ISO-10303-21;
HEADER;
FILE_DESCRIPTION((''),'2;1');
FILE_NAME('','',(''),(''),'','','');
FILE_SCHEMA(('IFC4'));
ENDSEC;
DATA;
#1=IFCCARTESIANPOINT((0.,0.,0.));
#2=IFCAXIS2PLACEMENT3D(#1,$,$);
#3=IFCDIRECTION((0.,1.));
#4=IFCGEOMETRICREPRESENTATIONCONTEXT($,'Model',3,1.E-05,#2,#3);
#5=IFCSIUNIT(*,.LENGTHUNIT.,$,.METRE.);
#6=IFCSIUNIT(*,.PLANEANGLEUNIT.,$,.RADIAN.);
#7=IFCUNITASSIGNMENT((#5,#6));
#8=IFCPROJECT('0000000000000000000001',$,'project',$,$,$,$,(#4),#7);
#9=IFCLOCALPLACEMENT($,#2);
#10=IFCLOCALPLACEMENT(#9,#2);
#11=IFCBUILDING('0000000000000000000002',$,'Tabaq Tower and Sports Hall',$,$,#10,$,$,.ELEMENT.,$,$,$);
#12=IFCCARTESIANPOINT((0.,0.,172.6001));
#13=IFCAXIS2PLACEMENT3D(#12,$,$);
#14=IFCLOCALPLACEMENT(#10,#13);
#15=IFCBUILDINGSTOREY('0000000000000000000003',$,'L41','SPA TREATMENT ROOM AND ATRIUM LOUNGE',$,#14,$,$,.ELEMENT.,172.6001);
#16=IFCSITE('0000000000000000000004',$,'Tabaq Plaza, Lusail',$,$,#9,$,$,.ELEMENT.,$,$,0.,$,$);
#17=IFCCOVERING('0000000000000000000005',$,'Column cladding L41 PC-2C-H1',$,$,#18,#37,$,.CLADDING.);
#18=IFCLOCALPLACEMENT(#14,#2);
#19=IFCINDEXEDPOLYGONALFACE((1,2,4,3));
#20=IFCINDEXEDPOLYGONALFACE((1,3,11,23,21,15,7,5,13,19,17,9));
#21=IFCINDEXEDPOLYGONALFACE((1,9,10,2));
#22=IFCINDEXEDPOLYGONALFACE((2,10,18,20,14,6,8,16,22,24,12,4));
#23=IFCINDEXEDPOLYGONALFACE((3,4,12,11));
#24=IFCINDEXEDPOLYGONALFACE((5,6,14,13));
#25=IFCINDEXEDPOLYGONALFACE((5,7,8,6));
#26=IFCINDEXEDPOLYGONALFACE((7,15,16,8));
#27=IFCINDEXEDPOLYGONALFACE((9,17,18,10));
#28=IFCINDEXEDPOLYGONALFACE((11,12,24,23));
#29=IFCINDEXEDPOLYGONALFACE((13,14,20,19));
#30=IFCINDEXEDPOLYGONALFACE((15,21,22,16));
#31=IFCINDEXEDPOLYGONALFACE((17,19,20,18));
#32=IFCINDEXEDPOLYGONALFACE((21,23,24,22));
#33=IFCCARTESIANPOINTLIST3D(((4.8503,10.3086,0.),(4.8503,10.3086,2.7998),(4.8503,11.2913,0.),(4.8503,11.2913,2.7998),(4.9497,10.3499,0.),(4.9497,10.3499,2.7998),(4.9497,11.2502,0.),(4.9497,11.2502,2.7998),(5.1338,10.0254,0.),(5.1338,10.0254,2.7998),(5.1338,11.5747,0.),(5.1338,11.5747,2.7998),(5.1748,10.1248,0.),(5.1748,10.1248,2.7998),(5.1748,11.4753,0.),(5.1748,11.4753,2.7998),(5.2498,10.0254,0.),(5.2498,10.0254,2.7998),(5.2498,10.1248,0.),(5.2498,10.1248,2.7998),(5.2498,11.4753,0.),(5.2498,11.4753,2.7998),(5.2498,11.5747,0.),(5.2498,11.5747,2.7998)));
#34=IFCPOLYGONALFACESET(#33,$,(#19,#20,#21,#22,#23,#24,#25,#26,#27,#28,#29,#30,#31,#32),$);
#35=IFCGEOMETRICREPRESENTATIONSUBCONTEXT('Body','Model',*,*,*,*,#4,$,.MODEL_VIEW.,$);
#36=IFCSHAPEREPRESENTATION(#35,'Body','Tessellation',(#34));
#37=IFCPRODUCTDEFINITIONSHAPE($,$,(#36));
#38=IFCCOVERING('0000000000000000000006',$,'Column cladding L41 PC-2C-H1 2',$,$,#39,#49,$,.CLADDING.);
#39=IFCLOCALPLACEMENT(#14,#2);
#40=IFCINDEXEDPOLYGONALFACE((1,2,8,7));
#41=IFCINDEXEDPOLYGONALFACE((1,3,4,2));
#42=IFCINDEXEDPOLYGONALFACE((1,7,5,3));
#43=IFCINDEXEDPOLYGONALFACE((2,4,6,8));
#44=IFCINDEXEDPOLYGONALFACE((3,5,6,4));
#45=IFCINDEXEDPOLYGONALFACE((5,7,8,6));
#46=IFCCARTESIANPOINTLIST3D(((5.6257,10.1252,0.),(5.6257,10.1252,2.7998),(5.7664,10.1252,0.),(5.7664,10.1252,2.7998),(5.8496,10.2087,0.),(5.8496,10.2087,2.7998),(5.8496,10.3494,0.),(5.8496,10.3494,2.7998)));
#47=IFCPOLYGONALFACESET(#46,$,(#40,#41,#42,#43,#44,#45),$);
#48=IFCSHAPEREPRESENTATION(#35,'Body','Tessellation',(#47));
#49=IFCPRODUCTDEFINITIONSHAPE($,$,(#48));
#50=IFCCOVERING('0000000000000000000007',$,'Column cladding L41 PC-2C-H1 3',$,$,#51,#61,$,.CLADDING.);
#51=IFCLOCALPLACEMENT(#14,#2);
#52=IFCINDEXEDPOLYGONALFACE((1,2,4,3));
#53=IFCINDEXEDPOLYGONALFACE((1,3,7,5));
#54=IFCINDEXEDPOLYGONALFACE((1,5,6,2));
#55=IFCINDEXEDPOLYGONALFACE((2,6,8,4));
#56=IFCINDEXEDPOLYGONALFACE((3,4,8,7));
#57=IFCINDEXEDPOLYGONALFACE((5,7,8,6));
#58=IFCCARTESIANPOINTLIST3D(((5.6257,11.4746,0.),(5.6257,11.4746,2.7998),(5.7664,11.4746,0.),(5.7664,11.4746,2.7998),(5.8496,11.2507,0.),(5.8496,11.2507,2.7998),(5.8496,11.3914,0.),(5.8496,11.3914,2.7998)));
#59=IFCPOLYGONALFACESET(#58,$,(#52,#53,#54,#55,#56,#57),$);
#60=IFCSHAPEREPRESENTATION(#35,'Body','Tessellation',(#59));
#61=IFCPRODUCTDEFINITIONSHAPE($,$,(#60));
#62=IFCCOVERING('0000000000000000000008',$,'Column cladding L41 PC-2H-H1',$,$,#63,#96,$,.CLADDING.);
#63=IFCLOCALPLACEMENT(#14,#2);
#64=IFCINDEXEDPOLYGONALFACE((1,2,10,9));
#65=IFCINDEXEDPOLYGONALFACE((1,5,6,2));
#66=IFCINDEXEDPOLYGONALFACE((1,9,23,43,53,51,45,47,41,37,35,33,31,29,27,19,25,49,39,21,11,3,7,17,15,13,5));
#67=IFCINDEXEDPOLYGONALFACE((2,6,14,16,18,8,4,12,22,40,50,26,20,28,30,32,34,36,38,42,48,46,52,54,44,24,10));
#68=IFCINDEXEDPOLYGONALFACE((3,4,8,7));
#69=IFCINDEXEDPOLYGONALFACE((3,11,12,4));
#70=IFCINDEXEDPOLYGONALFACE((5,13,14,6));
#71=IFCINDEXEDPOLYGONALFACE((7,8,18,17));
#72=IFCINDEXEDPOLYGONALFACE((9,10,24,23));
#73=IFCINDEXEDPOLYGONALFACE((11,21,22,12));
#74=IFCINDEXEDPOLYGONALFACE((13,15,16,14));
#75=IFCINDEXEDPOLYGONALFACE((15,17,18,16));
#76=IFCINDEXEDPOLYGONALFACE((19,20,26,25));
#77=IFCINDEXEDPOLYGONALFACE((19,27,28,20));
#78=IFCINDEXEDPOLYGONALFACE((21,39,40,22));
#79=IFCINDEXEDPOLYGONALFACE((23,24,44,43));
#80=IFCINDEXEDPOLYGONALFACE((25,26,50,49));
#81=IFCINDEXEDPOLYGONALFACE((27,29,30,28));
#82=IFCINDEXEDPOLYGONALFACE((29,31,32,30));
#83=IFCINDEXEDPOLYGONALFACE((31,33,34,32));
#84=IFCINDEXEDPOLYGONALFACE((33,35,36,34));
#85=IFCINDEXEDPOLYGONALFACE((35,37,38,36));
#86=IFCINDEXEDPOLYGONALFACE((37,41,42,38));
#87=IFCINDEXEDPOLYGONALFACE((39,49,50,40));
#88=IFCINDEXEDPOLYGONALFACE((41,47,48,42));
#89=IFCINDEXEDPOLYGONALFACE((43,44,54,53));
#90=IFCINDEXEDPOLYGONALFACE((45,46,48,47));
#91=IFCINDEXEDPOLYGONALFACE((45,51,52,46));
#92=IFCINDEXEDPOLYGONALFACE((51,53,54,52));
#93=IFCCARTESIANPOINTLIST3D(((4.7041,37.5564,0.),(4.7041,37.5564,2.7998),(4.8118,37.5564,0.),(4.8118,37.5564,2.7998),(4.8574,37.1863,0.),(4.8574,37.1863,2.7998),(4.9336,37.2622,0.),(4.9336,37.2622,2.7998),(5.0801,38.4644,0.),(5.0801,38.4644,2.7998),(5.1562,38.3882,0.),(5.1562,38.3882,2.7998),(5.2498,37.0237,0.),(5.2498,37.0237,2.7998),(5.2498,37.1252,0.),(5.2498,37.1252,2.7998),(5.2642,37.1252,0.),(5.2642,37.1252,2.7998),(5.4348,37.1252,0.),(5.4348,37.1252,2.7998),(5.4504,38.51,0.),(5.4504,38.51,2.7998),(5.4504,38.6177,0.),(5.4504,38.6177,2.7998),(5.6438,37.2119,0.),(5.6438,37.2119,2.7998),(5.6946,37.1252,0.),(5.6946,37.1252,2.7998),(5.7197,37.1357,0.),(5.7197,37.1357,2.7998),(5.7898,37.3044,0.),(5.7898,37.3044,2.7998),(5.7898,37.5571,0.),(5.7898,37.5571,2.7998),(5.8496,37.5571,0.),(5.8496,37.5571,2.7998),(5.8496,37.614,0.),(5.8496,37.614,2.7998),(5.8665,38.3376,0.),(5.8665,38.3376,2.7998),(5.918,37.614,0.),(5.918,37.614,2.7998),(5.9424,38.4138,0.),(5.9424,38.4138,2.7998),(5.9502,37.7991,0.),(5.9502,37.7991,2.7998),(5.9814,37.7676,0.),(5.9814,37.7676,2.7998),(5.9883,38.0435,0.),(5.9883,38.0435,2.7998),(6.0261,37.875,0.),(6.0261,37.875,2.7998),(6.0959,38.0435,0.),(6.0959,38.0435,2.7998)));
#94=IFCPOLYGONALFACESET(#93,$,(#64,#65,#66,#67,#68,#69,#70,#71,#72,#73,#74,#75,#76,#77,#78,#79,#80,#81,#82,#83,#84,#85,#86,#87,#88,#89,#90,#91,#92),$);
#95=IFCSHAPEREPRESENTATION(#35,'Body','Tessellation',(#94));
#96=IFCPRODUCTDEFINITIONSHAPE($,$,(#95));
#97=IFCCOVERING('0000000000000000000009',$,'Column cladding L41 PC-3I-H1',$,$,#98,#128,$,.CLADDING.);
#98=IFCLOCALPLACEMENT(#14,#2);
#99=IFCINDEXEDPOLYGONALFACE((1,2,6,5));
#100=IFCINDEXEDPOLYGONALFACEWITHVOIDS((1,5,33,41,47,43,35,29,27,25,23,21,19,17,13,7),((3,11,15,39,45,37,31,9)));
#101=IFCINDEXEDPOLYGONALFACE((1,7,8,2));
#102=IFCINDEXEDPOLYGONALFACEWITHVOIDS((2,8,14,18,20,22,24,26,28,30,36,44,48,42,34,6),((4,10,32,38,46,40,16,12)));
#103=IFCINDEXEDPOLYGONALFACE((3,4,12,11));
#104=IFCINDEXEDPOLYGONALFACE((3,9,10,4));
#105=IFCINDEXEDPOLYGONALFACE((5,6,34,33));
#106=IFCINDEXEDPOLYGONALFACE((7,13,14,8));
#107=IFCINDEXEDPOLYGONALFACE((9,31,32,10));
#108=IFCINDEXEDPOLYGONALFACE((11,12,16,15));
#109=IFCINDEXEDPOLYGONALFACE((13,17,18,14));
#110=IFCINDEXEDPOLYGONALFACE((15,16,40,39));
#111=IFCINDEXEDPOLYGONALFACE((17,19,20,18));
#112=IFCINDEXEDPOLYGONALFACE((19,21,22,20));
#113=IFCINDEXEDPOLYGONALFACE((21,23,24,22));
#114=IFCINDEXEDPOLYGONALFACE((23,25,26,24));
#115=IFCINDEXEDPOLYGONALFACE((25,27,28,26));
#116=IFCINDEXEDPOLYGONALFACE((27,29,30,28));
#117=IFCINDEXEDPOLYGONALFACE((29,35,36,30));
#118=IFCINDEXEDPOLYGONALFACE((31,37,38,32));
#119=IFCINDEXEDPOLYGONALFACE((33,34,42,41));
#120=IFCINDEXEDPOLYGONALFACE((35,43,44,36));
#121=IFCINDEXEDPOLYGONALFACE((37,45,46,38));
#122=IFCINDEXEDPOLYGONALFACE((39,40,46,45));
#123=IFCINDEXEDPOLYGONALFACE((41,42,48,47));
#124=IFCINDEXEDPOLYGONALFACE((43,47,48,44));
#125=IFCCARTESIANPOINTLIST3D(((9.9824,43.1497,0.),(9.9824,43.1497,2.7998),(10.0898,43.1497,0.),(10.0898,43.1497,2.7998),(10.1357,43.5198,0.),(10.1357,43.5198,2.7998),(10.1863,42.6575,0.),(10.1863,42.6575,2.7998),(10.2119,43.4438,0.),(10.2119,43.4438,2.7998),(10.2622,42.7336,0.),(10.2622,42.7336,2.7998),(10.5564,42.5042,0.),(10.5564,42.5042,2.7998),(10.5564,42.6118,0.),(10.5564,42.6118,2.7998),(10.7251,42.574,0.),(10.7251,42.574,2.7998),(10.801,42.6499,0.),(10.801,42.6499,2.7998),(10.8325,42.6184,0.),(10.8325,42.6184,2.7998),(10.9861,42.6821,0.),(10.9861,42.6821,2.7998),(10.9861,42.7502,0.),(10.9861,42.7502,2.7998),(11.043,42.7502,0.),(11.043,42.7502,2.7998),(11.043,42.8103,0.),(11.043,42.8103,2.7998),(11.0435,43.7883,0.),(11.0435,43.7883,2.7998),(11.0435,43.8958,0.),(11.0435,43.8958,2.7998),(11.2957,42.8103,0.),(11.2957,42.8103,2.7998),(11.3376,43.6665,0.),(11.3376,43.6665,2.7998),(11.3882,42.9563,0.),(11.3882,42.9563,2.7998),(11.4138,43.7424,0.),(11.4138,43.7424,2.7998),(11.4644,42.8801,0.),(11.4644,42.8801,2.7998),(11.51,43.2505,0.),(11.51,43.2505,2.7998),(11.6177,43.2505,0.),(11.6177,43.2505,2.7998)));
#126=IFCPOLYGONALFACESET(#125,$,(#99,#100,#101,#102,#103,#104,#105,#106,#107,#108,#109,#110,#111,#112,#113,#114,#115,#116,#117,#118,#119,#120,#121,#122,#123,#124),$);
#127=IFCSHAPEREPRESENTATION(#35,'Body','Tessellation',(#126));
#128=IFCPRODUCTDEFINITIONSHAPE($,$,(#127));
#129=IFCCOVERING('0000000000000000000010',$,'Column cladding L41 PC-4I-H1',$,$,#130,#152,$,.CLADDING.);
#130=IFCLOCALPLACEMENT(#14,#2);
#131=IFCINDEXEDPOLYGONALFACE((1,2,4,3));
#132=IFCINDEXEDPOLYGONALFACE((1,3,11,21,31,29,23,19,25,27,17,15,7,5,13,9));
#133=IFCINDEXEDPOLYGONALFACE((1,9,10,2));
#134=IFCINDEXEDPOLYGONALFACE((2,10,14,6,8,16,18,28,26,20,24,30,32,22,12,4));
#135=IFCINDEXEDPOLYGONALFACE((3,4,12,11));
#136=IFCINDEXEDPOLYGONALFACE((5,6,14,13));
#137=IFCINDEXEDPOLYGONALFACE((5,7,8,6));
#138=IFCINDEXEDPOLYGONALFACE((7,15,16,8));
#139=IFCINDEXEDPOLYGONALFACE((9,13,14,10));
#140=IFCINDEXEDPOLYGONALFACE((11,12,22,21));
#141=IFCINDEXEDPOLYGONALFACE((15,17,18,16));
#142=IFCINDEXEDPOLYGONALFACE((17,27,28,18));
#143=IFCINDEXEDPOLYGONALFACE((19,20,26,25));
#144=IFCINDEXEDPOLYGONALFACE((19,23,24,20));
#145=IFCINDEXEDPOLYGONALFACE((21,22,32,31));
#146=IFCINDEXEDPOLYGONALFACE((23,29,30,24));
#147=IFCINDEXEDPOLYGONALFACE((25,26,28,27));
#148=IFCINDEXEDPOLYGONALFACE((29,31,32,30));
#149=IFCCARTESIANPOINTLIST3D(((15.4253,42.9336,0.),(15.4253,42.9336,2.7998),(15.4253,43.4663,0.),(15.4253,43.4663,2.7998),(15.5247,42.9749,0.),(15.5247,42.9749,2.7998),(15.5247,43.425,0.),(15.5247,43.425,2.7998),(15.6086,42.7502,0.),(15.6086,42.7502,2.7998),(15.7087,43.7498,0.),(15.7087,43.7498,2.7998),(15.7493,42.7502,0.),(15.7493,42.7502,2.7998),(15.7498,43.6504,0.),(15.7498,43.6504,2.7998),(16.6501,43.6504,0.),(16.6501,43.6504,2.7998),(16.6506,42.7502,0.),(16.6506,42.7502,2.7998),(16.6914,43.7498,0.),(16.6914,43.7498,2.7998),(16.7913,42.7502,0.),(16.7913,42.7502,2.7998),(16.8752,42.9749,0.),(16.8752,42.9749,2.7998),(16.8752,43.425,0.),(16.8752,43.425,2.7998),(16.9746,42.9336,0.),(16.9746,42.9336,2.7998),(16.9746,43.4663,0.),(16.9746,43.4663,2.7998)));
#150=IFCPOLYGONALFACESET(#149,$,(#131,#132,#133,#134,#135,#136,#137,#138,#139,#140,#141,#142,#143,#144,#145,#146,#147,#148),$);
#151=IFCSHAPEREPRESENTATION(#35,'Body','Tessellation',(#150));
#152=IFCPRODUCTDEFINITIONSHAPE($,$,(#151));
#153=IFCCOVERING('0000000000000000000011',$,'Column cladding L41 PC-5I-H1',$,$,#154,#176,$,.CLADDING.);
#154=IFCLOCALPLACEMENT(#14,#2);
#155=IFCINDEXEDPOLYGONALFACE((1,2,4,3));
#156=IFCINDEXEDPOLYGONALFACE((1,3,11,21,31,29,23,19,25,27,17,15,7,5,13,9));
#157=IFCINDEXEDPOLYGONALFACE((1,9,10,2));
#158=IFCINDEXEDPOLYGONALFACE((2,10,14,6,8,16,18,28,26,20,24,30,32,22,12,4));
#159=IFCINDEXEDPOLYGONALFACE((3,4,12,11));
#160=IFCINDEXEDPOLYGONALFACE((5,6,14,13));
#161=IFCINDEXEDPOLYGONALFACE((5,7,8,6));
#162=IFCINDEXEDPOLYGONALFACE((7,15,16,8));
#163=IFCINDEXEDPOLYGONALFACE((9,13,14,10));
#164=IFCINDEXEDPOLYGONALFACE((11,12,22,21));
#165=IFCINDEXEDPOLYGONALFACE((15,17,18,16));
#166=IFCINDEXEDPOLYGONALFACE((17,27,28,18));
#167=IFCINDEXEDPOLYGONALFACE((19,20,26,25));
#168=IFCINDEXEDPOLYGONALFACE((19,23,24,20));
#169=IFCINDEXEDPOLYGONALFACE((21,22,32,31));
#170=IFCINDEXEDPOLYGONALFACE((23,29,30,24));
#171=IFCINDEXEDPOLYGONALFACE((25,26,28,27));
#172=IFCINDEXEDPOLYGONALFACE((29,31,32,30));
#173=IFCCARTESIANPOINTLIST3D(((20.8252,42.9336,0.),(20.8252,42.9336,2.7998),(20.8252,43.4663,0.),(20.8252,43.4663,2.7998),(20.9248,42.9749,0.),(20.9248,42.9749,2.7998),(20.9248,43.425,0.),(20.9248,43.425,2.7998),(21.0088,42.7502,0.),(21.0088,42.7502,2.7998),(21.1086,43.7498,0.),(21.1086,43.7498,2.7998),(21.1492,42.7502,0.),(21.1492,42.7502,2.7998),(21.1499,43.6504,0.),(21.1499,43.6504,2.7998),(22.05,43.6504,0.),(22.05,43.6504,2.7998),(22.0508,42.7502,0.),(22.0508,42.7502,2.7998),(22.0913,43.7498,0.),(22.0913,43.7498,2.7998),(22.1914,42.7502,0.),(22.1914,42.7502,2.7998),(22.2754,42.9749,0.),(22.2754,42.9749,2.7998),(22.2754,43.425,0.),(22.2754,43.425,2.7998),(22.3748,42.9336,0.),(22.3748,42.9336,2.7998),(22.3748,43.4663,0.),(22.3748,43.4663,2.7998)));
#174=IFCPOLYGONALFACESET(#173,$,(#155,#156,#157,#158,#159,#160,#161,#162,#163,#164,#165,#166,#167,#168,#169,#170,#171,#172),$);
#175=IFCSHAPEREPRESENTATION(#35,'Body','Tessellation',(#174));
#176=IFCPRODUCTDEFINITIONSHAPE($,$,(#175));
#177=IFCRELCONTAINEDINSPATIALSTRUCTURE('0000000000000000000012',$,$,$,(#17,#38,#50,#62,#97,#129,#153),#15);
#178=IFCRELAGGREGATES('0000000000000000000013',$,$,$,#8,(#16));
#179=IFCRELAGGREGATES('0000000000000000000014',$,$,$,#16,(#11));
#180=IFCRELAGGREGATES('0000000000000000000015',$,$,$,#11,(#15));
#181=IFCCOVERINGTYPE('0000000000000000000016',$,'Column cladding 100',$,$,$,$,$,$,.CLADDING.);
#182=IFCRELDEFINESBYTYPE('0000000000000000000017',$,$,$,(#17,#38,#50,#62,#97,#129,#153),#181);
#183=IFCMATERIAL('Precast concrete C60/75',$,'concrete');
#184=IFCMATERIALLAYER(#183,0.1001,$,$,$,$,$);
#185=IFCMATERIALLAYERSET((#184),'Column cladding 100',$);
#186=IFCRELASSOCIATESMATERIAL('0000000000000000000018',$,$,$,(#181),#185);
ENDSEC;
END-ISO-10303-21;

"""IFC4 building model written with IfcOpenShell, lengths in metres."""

from ifc_helpers import new_model, si_unit, direction, frame, origin, place, context, subcontext, project, spatial, polyline, outline, extrude, material, layer, layer_set, type_object, element, save


model = new_model("IFC4")

# Units and contexts
model_context = context("Model", 3, precision=1e-05, world=origin(), true_north=direction((0.0, 1.0)))
body_context = subcontext(model_context, "Body", "Model", "MODEL_VIEW")
ifc_project = project(units=[si_unit("LENGTHUNIT", "METRE"), si_unit("PLANEANGLEUNIT", "RADIAN")], contexts=[model_context])

# Site, building, storey
site_placement = place(None, origin())
site = spatial("IfcSite", under=ifc_project, at=site_placement, Name="Tabaq Plaza, Lusail", CompositionType="ELEMENT", RefElevation=0.0)
building_placement = place(site_placement, origin())
building = spatial("IfcBuilding", under=site, at=building_placement, Name="Tabaq Tower and Sports Hall", CompositionType="ELEMENT")
storey_placement = place(building_placement, frame((0.0, 0.0, 172.6001)))
storey = spatial("IfcBuildingStorey", under=building, at=storey_placement, Name="L41", Description="SPA TREATMENT ROOM AND ATRIUM LOUNGE", CompositionType="ELEMENT", Elevation=172.6001)

# Coverings
ifc_material_1 = material(Name="Precast concrete C60/75", Category="concrete")
ifc_layer_1 = layer(ifc_material_1, 0.1001)
ifc_layer_set_1 = layer_set([ifc_layer_1], Name="Column cladding 100")
covering_type_1 = type_object("IfcCoveringType", Name="Column cladding 100", PredefinedType="CLADDING", material=ifc_layer_set_1)
covering_1_placement = place(storey_placement, origin())
element("IfcCovering", 1, at=covering_1_placement, inside=storey, type_object=covering_type_1, Name="Column cladding L41 PC-2C-H1", PredefinedType="CLADDING", context=body_context, shape_type="SweptSolid", body=[
    extrude(outline(polyline([(5.1338, 10.0254), (4.8503, 10.3086), (4.8503, 11.2913), (5.1338, 11.5747), (5.2498, 11.5747), (5.2498, 11.4753), (5.1748, 11.4753), (4.9497, 11.2502), (4.9497, 10.3499), (5.1748, 10.1248), (5.2498, 10.1248), (5.2498, 10.0254), (5.1338, 10.0254)])), origin(), (0.0, 0.0, 1.0), 2.7998),
])
covering_2_placement = place(storey_placement, origin())
element("IfcCovering", 2, at=covering_2_placement, inside=storey, type_object=covering_type_1, Name="Column cladding L41 PC-2C-H1 2", PredefinedType="CLADDING", context=body_context, shape_type="SweptSolid", body=[
    extrude(outline(polyline([(5.7664, 10.1252), (5.6257, 10.1252), (5.8496, 10.3494), (5.8496, 10.2087), (5.7664, 10.1252)])), origin(), (0.0, 0.0, 1.0), 2.7998),
])
covering_3_placement = place(storey_placement, origin())
element("IfcCovering", 3, at=covering_3_placement, inside=storey, type_object=covering_type_1, Name="Column cladding L41 PC-2C-H1 3", PredefinedType="CLADDING", context=body_context, shape_type="SweptSolid", body=[
    extrude(outline(polyline([(5.8496, 11.3914), (5.8496, 11.2507), (5.6257, 11.4746), (5.7664, 11.4746), (5.8496, 11.3914)])), origin(), (0.0, 0.0, 1.0), 2.7998),
])
covering_4_placement = place(storey_placement, origin())
element("IfcCovering", 4, at=covering_4_placement, inside=storey, type_object=covering_type_1, Name="Column cladding L41 PC-2H-H1", PredefinedType="CLADDING", context=body_context, shape_type="SweptSolid", body=[
    extrude(outline(polyline([(4.8574, 37.1863), (4.7041, 37.5564), (5.0801, 38.4644), (5.4504, 38.6177), (5.9424, 38.4138), (6.0959, 38.0435), (6.0261, 37.875), (5.9502, 37.7991), (5.9814, 37.7676), (5.918, 37.614), (5.8496, 37.614), (5.8496, 37.5571), (5.7898, 37.5571), (5.7898, 37.3044), (5.7197, 37.1357), (5.6946, 37.1252), (5.4348, 37.1252), (5.6438, 37.2119), (5.9883, 38.0435), (5.8665, 38.3376), (5.4504, 38.51), (5.1562, 38.3882), (4.8118, 37.5564), (4.9336, 37.2622), (5.2642, 37.1252), (5.2498, 37.1252), (5.2498, 37.0237), (4.8574, 37.1863)])), origin(), (0.0, 0.0, 1.0), 2.7998),
])
covering_5_placement = place(storey_placement, origin())
element("IfcCovering", 5, at=covering_5_placement, inside=storey, type_object=covering_type_1, Name="Column cladding L41 PC-3I-H1", PredefinedType="CLADDING", context=body_context, shape_type="SweptSolid", body=[
    extrude(outline(polyline([(9.9824, 43.1497), (10.1357, 43.5198), (11.0435, 43.8958), (11.4138, 43.7424), (11.6177, 43.2505), (11.4644, 42.8801), (11.2957, 42.8103), (11.043, 42.8103), (11.043, 42.7502), (10.9861, 42.7502), (10.9861, 42.6821), (10.8325, 42.6184), (10.801, 42.6499), (10.7251, 42.574), (10.5564, 42.5042), (10.1863, 42.6575), (9.9824, 43.1497)]), holes=[polyline([(11.51, 43.2505), (11.3376, 43.6665), (11.0435, 43.7883), (10.2119, 43.4438), (10.0898, 43.1497), (10.2622, 42.7336), (10.5564, 42.6118), (11.3882, 42.9563), (11.51, 43.2505)])]), origin(), (0.0, 0.0, 1.0), 2.7998),
])
covering_6_placement = place(storey_placement, origin())
element("IfcCovering", 6, at=covering_6_placement, inside=storey, type_object=covering_type_1, Name="Column cladding L41 PC-4I-H1", PredefinedType="CLADDING", context=body_context, shape_type="SweptSolid", body=[
    extrude(outline(polyline([(15.4253, 43.4663), (15.7087, 43.7498), (16.6914, 43.7498), (16.9746, 43.4663), (16.9746, 42.9336), (16.7913, 42.7502), (16.6506, 42.7502), (16.8752, 42.9749), (16.8752, 43.425), (16.6501, 43.6504), (15.7498, 43.6504), (15.5247, 43.425), (15.5247, 42.9749), (15.7493, 42.7502), (15.6086, 42.7502), (15.4253, 42.9336), (15.4253, 43.4663)])), origin(), (0.0, 0.0, 1.0), 2.7998),
])
covering_7_placement = place(storey_placement, origin())
element("IfcCovering", 7, at=covering_7_placement, inside=storey, type_object=covering_type_1, Name="Column cladding L41 PC-5I-H1", PredefinedType="CLADDING", context=body_context, shape_type="SweptSolid", body=[
    extrude(outline(polyline([(20.8252, 43.4663), (21.1086, 43.7498), (22.0913, 43.7498), (22.3748, 43.4663), (22.3748, 42.9336), (22.1914, 42.7502), (22.0508, 42.7502), (22.2754, 42.9749), (22.2754, 43.425), (22.05, 43.6504), (21.1499, 43.6504), (20.9248, 43.425), (20.9248, 42.9749), (21.1492, 42.7502), (21.0088, 42.7502), (20.8252, 42.9336), (20.8252, 43.4663)])), origin(), (0.0, 0.0, 1.0), 2.7998),
])

save(model, "model.ifc")
